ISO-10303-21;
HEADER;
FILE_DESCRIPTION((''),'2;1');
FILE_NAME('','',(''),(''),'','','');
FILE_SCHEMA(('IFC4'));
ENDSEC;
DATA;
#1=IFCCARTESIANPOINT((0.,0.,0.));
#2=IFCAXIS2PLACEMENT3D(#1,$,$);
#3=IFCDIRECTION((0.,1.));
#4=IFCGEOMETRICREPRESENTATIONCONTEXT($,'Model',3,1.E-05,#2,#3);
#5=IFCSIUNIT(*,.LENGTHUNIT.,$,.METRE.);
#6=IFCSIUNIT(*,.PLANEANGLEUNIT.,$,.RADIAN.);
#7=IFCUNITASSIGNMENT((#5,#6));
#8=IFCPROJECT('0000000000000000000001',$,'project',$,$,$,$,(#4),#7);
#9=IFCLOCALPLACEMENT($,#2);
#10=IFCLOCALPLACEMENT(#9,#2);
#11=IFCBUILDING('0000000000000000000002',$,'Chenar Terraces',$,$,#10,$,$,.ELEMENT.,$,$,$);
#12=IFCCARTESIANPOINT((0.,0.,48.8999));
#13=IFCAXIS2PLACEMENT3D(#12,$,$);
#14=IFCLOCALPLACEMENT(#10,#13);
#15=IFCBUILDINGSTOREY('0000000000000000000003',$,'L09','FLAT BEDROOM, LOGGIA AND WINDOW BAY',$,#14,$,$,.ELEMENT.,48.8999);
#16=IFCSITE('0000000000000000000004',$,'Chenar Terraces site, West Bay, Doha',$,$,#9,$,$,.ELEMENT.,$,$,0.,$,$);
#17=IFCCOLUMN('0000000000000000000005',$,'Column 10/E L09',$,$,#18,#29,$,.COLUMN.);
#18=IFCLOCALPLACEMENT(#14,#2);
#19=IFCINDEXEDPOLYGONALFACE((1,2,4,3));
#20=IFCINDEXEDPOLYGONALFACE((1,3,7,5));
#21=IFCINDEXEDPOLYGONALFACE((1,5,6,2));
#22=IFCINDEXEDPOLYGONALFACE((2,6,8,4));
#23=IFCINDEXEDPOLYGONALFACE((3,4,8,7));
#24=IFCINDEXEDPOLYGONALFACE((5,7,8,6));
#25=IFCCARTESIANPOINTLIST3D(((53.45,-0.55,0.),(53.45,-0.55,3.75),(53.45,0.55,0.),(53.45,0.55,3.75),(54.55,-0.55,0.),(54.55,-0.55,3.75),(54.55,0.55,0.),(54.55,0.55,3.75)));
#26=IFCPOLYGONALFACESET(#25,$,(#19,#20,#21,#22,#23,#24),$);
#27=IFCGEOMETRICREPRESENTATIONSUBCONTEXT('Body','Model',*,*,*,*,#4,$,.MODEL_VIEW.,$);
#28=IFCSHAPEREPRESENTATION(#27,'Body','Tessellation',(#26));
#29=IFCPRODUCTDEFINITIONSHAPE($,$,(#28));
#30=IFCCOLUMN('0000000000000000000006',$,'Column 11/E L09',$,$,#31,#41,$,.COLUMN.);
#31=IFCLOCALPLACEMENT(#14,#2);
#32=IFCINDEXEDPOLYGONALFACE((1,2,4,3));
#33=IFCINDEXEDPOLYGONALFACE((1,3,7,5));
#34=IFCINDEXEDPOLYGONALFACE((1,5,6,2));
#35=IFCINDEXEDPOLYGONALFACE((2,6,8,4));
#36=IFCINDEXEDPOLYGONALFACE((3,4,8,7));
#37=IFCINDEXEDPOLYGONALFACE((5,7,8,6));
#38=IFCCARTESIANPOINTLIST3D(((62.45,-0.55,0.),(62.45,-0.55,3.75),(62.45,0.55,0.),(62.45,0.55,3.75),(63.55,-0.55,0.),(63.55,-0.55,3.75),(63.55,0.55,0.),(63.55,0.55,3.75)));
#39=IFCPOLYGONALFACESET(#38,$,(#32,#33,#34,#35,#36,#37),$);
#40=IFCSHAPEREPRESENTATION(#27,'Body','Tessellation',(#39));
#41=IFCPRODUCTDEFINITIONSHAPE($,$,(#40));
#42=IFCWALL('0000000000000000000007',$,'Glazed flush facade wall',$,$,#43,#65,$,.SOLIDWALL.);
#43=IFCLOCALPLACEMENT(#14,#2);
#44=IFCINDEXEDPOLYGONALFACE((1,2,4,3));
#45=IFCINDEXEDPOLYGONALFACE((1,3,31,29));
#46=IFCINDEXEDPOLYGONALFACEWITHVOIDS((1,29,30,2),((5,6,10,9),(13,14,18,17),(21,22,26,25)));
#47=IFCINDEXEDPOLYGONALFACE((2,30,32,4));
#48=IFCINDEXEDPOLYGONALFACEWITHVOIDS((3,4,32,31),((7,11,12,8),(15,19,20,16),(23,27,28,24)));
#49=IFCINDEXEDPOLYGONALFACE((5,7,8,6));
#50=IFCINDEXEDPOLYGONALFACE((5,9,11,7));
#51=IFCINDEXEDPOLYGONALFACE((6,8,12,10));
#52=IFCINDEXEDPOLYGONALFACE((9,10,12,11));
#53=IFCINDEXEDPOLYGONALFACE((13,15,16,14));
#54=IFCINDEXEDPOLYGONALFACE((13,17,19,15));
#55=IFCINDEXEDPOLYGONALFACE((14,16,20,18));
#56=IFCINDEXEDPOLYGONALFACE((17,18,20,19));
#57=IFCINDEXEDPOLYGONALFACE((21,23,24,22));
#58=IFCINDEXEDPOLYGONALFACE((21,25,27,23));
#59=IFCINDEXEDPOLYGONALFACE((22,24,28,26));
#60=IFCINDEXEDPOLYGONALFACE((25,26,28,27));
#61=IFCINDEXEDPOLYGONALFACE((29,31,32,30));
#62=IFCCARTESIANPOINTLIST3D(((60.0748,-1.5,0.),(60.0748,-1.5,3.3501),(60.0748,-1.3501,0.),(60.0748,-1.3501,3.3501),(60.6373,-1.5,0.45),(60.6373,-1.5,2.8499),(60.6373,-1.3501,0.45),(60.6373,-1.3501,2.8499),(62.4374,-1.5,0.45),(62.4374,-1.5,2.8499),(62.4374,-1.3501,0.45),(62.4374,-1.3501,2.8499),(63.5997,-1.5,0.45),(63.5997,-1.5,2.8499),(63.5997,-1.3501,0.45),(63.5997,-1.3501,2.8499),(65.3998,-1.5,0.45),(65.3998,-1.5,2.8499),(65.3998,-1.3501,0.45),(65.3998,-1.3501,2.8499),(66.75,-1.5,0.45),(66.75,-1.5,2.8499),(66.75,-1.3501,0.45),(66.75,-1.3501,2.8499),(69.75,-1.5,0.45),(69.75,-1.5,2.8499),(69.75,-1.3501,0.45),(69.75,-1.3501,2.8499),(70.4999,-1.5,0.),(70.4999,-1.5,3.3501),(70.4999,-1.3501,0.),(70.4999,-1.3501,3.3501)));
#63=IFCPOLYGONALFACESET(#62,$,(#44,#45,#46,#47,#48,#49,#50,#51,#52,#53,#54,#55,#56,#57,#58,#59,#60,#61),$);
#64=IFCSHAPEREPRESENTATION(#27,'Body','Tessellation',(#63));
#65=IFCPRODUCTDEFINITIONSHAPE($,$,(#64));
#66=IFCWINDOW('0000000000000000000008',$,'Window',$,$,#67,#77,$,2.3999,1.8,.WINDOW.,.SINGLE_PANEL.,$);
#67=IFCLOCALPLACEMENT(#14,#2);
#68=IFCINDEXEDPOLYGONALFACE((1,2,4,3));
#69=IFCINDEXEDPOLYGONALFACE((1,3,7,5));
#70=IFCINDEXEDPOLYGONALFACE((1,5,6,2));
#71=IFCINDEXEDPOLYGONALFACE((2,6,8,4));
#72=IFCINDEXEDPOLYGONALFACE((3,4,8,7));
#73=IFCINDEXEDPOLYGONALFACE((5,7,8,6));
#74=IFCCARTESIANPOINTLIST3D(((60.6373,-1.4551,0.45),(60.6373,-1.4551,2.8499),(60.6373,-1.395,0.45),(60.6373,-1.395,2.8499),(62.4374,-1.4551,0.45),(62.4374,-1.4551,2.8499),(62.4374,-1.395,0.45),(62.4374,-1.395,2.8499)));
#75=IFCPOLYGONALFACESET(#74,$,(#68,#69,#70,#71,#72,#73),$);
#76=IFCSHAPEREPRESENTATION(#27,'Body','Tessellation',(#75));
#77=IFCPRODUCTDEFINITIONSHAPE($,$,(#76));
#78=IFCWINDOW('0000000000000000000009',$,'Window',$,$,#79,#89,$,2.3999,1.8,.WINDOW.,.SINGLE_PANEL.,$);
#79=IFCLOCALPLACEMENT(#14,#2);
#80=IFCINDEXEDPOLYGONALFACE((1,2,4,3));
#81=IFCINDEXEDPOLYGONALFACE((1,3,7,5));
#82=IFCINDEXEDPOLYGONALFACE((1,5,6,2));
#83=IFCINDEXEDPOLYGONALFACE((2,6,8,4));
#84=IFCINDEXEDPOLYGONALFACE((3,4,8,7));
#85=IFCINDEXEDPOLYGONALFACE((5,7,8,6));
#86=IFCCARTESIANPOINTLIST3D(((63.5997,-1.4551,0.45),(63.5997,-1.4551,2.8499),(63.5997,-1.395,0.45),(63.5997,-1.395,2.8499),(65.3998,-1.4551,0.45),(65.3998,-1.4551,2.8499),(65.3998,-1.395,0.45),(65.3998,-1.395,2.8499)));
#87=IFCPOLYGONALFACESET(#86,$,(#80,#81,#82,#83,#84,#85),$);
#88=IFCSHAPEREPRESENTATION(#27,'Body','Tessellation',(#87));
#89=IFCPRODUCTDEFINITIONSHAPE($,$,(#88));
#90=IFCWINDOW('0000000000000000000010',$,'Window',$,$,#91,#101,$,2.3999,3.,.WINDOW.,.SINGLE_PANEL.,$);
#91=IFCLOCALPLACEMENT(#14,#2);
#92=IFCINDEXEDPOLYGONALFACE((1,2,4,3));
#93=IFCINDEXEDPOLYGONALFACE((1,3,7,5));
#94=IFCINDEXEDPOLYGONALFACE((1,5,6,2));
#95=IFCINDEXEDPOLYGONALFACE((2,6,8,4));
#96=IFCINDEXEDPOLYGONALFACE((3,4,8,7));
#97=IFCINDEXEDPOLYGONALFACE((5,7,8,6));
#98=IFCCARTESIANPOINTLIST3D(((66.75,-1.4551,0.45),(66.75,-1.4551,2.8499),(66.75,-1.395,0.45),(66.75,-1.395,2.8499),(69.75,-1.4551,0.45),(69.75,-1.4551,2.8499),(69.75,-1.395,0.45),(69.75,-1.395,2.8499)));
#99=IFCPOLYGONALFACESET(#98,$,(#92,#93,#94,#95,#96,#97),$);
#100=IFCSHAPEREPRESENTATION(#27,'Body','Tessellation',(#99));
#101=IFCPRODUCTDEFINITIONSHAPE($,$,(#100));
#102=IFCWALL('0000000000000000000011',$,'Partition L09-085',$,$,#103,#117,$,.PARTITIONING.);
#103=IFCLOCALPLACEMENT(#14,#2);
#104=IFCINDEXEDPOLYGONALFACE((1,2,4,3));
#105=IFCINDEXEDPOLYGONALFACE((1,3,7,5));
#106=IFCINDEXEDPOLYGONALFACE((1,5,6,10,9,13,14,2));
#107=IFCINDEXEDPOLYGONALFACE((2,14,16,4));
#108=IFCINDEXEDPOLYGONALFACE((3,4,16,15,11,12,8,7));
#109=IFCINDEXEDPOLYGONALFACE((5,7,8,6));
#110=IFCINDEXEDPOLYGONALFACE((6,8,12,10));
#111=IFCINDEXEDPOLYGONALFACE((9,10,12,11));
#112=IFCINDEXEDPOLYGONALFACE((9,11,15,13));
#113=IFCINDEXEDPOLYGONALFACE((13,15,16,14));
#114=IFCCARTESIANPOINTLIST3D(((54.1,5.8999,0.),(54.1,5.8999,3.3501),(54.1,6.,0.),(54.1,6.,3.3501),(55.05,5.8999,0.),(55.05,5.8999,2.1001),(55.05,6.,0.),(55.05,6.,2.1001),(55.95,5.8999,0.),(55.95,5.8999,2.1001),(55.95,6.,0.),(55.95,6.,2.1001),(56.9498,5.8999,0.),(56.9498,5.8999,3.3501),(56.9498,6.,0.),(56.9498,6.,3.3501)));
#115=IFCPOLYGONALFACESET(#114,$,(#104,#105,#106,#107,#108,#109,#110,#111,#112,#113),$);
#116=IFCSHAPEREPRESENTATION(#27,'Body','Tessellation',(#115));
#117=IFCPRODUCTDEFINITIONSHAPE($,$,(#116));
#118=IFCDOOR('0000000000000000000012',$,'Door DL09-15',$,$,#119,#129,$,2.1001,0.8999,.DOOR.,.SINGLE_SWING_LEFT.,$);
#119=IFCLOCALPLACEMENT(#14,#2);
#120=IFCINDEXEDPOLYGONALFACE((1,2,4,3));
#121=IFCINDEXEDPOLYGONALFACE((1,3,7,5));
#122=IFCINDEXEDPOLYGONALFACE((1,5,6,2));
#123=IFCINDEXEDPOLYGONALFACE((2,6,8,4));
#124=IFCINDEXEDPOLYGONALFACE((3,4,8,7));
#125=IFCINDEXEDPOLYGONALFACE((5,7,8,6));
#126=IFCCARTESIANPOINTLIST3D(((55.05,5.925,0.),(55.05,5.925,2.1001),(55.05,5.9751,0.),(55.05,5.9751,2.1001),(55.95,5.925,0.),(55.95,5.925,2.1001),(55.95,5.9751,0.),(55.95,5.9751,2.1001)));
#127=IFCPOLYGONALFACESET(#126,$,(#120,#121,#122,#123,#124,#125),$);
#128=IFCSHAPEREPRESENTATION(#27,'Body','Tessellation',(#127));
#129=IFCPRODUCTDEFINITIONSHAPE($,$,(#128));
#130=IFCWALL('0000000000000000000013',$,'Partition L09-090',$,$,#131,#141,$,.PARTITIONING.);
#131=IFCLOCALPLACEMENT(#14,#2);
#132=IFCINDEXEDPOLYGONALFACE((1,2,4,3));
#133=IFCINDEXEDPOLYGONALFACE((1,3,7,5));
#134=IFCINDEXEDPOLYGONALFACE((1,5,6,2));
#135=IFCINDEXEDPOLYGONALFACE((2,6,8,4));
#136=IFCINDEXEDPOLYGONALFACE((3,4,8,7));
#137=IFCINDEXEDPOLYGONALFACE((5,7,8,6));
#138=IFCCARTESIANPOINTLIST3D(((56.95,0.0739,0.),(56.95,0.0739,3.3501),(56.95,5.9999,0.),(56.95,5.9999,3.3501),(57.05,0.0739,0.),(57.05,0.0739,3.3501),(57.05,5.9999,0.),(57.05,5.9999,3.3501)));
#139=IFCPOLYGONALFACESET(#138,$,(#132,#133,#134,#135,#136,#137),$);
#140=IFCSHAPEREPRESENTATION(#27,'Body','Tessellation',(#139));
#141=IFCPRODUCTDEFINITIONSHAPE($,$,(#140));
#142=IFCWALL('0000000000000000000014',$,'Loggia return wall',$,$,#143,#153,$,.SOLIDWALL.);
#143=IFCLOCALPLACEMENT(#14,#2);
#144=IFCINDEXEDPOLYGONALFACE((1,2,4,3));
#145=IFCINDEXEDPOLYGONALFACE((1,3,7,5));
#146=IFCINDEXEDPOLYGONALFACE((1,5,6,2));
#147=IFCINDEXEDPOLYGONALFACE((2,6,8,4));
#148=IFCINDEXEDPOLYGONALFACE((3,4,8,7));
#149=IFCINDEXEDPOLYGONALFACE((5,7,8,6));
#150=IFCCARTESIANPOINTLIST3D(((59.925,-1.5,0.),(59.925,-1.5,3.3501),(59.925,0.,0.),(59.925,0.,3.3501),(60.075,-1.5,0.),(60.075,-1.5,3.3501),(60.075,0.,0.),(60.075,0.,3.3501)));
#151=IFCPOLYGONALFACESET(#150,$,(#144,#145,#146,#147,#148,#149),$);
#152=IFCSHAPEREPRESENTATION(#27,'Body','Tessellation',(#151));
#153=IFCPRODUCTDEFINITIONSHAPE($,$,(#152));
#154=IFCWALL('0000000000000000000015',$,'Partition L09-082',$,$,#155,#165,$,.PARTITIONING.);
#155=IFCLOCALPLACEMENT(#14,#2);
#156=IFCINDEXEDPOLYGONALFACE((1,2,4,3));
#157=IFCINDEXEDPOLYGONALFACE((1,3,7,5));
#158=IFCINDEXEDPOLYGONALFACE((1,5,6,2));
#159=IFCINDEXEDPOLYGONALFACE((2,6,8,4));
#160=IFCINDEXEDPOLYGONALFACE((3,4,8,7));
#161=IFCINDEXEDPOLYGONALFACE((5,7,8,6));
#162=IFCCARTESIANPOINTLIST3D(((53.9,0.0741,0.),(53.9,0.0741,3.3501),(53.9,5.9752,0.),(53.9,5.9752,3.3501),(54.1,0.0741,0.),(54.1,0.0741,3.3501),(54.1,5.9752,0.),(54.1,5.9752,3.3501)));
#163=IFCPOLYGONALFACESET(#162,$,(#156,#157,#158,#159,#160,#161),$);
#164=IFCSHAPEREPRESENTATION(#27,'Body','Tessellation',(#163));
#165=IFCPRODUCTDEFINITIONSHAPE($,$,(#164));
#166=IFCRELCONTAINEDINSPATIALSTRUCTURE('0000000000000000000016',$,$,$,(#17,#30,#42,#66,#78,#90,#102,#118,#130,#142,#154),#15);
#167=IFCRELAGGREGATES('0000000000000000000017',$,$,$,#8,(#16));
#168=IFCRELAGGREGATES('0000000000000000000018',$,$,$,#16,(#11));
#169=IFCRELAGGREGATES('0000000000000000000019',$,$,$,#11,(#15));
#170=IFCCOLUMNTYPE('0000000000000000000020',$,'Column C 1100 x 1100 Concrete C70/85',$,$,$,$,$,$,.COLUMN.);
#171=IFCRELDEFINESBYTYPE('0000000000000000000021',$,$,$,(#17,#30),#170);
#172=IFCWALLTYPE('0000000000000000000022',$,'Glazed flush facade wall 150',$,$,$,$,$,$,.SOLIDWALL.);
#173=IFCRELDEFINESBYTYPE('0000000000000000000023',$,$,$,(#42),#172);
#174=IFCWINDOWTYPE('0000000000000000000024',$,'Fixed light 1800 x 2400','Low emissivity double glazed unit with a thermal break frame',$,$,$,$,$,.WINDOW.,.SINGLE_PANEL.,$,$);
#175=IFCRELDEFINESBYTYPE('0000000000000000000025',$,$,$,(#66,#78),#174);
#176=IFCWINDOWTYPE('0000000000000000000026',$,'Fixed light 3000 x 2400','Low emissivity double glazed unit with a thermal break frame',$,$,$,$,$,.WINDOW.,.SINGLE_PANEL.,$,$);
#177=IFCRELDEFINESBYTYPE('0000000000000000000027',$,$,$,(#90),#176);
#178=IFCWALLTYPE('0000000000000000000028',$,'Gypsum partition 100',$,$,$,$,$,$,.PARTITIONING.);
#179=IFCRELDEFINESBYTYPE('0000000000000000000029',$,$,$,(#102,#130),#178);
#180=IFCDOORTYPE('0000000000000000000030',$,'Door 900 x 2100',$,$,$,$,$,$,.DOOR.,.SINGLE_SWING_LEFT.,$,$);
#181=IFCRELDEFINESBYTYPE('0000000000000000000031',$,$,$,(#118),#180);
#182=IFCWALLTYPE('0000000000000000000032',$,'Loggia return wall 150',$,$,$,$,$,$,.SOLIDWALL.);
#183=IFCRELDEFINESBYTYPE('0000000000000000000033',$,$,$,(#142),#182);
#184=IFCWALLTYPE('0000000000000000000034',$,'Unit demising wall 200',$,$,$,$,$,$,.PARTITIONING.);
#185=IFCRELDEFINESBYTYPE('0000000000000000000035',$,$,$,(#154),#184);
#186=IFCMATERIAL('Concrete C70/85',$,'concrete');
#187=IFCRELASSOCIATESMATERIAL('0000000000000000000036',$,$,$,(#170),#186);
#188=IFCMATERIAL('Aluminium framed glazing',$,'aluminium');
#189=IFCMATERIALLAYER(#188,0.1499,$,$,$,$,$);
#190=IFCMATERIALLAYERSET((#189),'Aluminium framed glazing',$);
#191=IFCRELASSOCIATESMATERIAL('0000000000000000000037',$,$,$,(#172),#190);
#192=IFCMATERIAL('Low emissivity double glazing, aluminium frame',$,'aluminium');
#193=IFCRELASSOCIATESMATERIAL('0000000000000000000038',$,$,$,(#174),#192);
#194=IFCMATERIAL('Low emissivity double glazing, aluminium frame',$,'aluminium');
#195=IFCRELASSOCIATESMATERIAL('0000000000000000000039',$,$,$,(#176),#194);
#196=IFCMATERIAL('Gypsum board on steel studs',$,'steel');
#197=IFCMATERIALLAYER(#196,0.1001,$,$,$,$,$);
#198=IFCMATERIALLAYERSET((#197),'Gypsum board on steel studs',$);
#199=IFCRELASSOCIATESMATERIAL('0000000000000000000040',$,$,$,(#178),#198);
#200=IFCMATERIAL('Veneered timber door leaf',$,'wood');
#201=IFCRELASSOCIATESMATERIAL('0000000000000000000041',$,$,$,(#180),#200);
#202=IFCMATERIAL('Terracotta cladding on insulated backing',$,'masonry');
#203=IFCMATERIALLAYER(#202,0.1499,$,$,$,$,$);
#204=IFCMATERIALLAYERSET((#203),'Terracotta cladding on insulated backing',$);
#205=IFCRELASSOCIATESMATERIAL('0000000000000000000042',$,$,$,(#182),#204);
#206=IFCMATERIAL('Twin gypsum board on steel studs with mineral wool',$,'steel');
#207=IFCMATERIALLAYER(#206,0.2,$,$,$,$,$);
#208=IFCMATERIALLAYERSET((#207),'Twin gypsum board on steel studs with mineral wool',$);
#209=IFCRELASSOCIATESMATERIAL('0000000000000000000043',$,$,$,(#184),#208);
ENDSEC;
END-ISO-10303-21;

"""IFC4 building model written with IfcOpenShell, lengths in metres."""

from ifc_helpers import new_model, si_unit, direction, frame, frame_2d, origin, origin_2d, place, context, subcontext, project, spatial, rectangle, extrude, material, layer, layer_set, material_profile, profile_set, type_object, element, fill, save


model = new_model("IFC4")

# Units and contexts
model_context = context("Model", 3, precision=1e-05, world=origin(), true_north=direction((0.0, 1.0)))
body_context = subcontext(model_context, "Body", "Model", "MODEL_VIEW")
ifc_project = project(units=[si_unit("LENGTHUNIT", "METRE"), si_unit("PLANEANGLEUNIT", "RADIAN")], contexts=[model_context])

# Site, building, storey
site_placement = place(None, origin())
site = spatial("IfcSite", under=ifc_project, at=site_placement, Name="Chenar Terraces site, West Bay, Doha", CompositionType="ELEMENT", RefElevation=0.0)
building_placement = place(site_placement, origin())
building = spatial("IfcBuilding", under=site, at=building_placement, Name="Chenar Terraces", CompositionType="ELEMENT")
storey_placement = place(building_placement, frame((0.0, 0.0, 48.8999)))
storey = spatial("IfcBuildingStorey", under=building, at=storey_placement, Name="L09", Description="FLAT BEDROOM, LOGGIA AND WINDOW BAY", CompositionType="ELEMENT", Elevation=48.8999)

# Columns
ifc_material_1 = material(Name="Concrete C70/85", Category="concrete")
ifc_material_profile_1 = material_profile(ifc_material_1, rectangle(XDim=1.1001, YDim=1.1001, at=origin_2d()), Name="C 1100 x 1100")
ifc_profile_set_1 = profile_set([ifc_material_profile_1], Name="Concrete C70/85")
column_type = type_object("IfcColumnType", Name="Column C 1100 x 1100 Concrete C70/85", PredefinedType="COLUMN", material=ifc_profile_set_1)
for number, where, z_axis, x_axis, name in (
    (1, (54.0, 0.0, 0.0), (0.0, 0.0, 1.0), (1.0, 0.0, 0.0), "Column 10/E L09"),
    (2, (63.0, 0.0, 0.0), (0.0, 0.0, 1.0), (1.0, 0.0, 0.0), "Column 11/E L09"),
):
    element("IfcColumn", number, at=place(storey_placement, frame(where, z_axis=z_axis, x_axis=x_axis)), inside=storey, type_object=column_type, Name=name, PredefinedType="COLUMN", context=body_context, shape_type="SweptSolid", body=[
        extrude(rectangle(XDim=1.1001, YDim=1.1001, at=origin_2d()), origin(), (0.0, 0.0, 1.0), 3.75),
    ])

# Wall, openings, windows
ifc_material_2 = material(Name="Aluminium framed glazing", Category="aluminium")
ifc_layer_1 = layer(ifc_material_2, 0.1499)
ifc_layer_set_1 = layer_set([ifc_layer_1], Name="Aluminium framed glazing")
wall_type_1 = type_object("IfcWallType", Name="Glazed flush facade wall 150", PredefinedType="SOLIDWALL", material=ifc_layer_set_1)
wall_1_placement = place(storey_placement, frame((60.075, -1.425, 0.0), z_axis=(0.0, 0.0, 1.0), x_axis=(1.0, 0.0, 0.0)))
wall_1 = element("IfcWall", 3, at=wall_1_placement, inside=storey, type_object=wall_type_1, Name="Glazed flush facade wall", PredefinedType="SOLIDWALL", context=body_context, shape_type="SweptSolid", body=[
    extrude(rectangle(XDim=10.425, YDim=0.1499, at=frame_2d((5.2124, 0.0))), origin(), (0.0, 0.0, 1.0), 3.3501),
])
opening_1_placement = place(wall_1_placement, frame((0.5625, 0.0, 0.45)))
opening_1 = element("IfcOpeningElement", 4, at=opening_1_placement, cuts=wall_1, PredefinedType="OPENING", context=body_context, shape_type="SweptSolid", body=[
    extrude(rectangle(XDim=1.8, YDim=2.3999, at=frame_2d((0.8999, 1.2))), frame((0.0, 0.085, 0.0), z_axis=(0.0, -1.0, 0.0), x_axis=(1.0, 0.0, 0.0)), (0.0, 0.0, 1.0), 0.1699),
])
opening_2_placement = place(wall_1_placement, frame((3.5249, 0.0, 0.45)))
opening_2 = element("IfcOpeningElement", 5, at=opening_2_placement, cuts=wall_1, PredefinedType="OPENING", context=body_context, shape_type="SweptSolid", body=[
    extrude(rectangle(XDim=1.8, YDim=2.3999, at=frame_2d((0.8999, 1.2))), frame((0.0, 0.085, 0.0), z_axis=(0.0, -1.0, 0.0), x_axis=(1.0, 0.0, 0.0)), (0.0, 0.0, 1.0), 0.1699),
])
opening_3_placement = place(wall_1_placement, frame((6.675, 0.0, 0.45)))
opening_3 = element("IfcOpeningElement", 6, at=opening_3_placement, cuts=wall_1, PredefinedType="OPENING", context=body_context, shape_type="SweptSolid", body=[
    extrude(rectangle(XDim=3.0, YDim=2.3999, at=frame_2d((1.5, 1.2))), frame((0.0, 0.085, 0.0), z_axis=(0.0, -1.0, 0.0), x_axis=(1.0, 0.0, 0.0)), (0.0, 0.0, 1.0), 0.1699),
])
ifc_material_3 = material(Name="Low emissivity double glazing, aluminium frame", Category="aluminium")
window_type_1 = type_object("IfcWindowType", Name="Fixed light 1800 x 2400", Description="Low emissivity double glazed unit with a thermal break frame", PartitioningType="SINGLE_PANEL", PredefinedType="WINDOW", material=ifc_material_3)
window_1_placement = place(opening_1_placement, origin())
window_1 = element("IfcWindow", 7, at=window_1_placement, inside=storey, type_object=window_type_1, Name="Window", OverallHeight=2.3999, OverallWidth=1.8, PartitioningType="SINGLE_PANEL", PredefinedType="WINDOW", context=body_context, shape_type="SweptSolid", body=[
    extrude(rectangle(XDim=1.8, YDim=2.3999, at=frame_2d((0.8999, 1.2))), frame((0.0, 0.03, 0.0), z_axis=(0.0, -1.0, 0.0), x_axis=(1.0, 0.0, 0.0)), (0.0, 0.0, 1.0), 0.0601),
])
fill(opening_1, window_1)
window_2_placement = place(opening_2_placement, origin())
window_2 = element("IfcWindow", 8, at=window_2_placement, inside=storey, type_object=window_type_1, Name="Window", OverallHeight=2.3999, OverallWidth=1.8, PartitioningType="SINGLE_PANEL", PredefinedType="WINDOW", context=body_context, shape_type="SweptSolid", body=[
    extrude(rectangle(XDim=1.8, YDim=2.3999, at=frame_2d((0.8999, 1.2))), frame((0.0, 0.03, 0.0), z_axis=(0.0, -1.0, 0.0), x_axis=(1.0, 0.0, 0.0)), (0.0, 0.0, 1.0), 0.0601),
])
fill(opening_2, window_2)
ifc_material_4 = material(Name="Low emissivity double glazing, aluminium frame", Category="aluminium")
window_type_2 = type_object("IfcWindowType", Name="Fixed light 3000 x 2400", Description="Low emissivity double glazed unit with a thermal break frame", PartitioningType="SINGLE_PANEL", PredefinedType="WINDOW", material=ifc_material_4)
window_3_placement = place(opening_3_placement, origin())
window_3 = element("IfcWindow", 9, at=window_3_placement, inside=storey, type_object=window_type_2, Name="Window", OverallHeight=2.3999, OverallWidth=3.0, PartitioningType="SINGLE_PANEL", PredefinedType="WINDOW", context=body_context, shape_type="SweptSolid", body=[
    extrude(rectangle(XDim=3.0, YDim=2.3999, at=frame_2d((1.5, 1.2))), frame((0.0, 0.03, 0.0), z_axis=(0.0, -1.0, 0.0), x_axis=(1.0, 0.0, 0.0)), (0.0, 0.0, 1.0), 0.0601),
])
fill(opening_3, window_3)

# Wall, opening, door
ifc_material_5 = material(Name="Gypsum board on steel studs", Category="steel")
ifc_layer_2 = layer(ifc_material_5, 0.1001)
ifc_layer_set_2 = layer_set([ifc_layer_2], Name="Gypsum board on steel studs")
wall_type_2 = type_object("IfcWallType", Name="Gypsum partition 100", PredefinedType="PARTITIONING", material=ifc_layer_set_2)
wall_2_placement = place(storey_placement, frame((54.1001, 5.95, 0.0), z_axis=(0.0, 0.0, 1.0), x_axis=(1.0, 0.0, 0.0)))
wall_2 = element("IfcWall", 10, at=wall_2_placement, inside=storey, type_object=wall_type_2, Name="Partition L09-085", PredefinedType="PARTITIONING", context=body_context, shape_type="SweptSolid", body=[
    extrude(rectangle(XDim=2.8499, YDim=0.1001, at=frame_2d((1.4248, 0.0))), origin(), (0.0, 0.0, 1.0), 3.3501),
])
opening_4_placement = place(wall_2_placement, frame((0.95, 0.0, 0.0)))
opening_4 = element("IfcOpeningElement", 11, at=opening_4_placement, cuts=wall_2, PredefinedType="OPENING", context=body_context, shape_type="SweptSolid", body=[
    extrude(rectangle(XDim=0.8999, YDim=2.1001, at=frame_2d((0.45, 1.05))), frame((0.0, 0.0601, 0.0), z_axis=(0.0, -1.0, 0.0), x_axis=(1.0, 0.0, 0.0)), (0.0, 0.0, 1.0), 0.1201),
])
ifc_material_6 = material(Name="Veneered timber door leaf", Category="wood")
door_type = type_object("IfcDoorType", Name="Door 900 x 2100", OperationType="SINGLE_SWING_LEFT", PredefinedType="DOOR", material=ifc_material_6)
door_placement = place(opening_4_placement, frame((0.8999, 0.0, 0.0), z_axis=(0.0, 0.0, 1.0), x_axis=(-1.0, 0.0, 0.0)))
door = element("IfcDoor", 12, at=door_placement, inside=storey, type_object=door_type, Name="Door DL09-15", OperationType="SINGLE_SWING_LEFT", OverallHeight=2.1001, OverallWidth=0.8999, PredefinedType="DOOR", context=body_context, shape_type="SweptSolid", body=[
    extrude(rectangle(XDim=0.8999, YDim=2.1001, at=frame_2d((0.45, 1.05))), frame((0.0, 0.0249, 0.0), z_axis=(0.0, -1.0, 0.0), x_axis=(1.0, 0.0, 0.0)), (0.0, 0.0, 1.0), 0.05),
])
fill(opening_4, door)

# Walls
wall_3_placement = place(storey_placement, frame((57.0, 0.074, 0.0), z_axis=(0.0, 0.0, 1.0), x_axis=(0.0, 1.0, 0.0)))
element("IfcWall", 13, at=wall_3_placement, inside=storey, type_object=wall_type_2, Name="Partition L09-090", PredefinedType="PARTITIONING", context=body_context, shape_type="SweptSolid", body=[
    extrude(rectangle(XDim=5.926, YDim=0.1001, at=frame_2d((2.9629, 0.0))), origin(), (0.0, 0.0, 1.0), 3.3501),
])
ifc_material_7 = material(Name="Terracotta cladding on insulated backing", Category="masonry")
ifc_layer_3 = layer(ifc_material_7, 0.1499)
ifc_layer_set_3 = layer_set([ifc_layer_3], Name="Terracotta cladding on insulated backing")
wall_type_3 = type_object("IfcWallType", Name="Loggia return wall 150", PredefinedType="SOLIDWALL", material=ifc_layer_set_3)
wall_4_placement = place(storey_placement, frame((60.0, -1.5, 0.0), z_axis=(0.0, 0.0, 1.0), x_axis=(0.0, 1.0, 0.0)))
element("IfcWall", 14, at=wall_4_placement, inside=storey, type_object=wall_type_3, Name="Loggia return wall", PredefinedType="SOLIDWALL", context=body_context, shape_type="SweptSolid", body=[
    extrude(rectangle(XDim=1.5, YDim=0.1499, at=frame_2d((0.75, 0.0))), origin(), (0.0, 0.0, 1.0), 3.3501),
])
ifc_material_8 = material(Name="Twin gypsum board on steel studs with mineral wool", Category="steel")
ifc_layer_4 = layer(ifc_material_8, 0.2)
ifc_layer_set_4 = layer_set([ifc_layer_4], Name="Twin gypsum board on steel studs with mineral wool")
wall_type_4 = type_object("IfcWallType", Name="Unit demising wall 200", PredefinedType="PARTITIONING", material=ifc_layer_set_4)
wall_5_placement = place(storey_placement, frame((54.0, 0.074, 0.0), z_axis=(0.0, 0.0, 1.0), x_axis=(0.0, 1.0, 0.0)))
element("IfcWall", 15, at=wall_5_placement, inside=storey, type_object=wall_type_4, Name="Partition L09-082", PredefinedType="PARTITIONING", context=body_context, shape_type="SweptSolid", body=[
    extrude(rectangle(XDim=5.9011, YDim=0.2, at=frame_2d((2.9507, 0.0))), origin(), (0.0, 0.0, 1.0), 3.3501),
])

save(model, "model.ifc")
